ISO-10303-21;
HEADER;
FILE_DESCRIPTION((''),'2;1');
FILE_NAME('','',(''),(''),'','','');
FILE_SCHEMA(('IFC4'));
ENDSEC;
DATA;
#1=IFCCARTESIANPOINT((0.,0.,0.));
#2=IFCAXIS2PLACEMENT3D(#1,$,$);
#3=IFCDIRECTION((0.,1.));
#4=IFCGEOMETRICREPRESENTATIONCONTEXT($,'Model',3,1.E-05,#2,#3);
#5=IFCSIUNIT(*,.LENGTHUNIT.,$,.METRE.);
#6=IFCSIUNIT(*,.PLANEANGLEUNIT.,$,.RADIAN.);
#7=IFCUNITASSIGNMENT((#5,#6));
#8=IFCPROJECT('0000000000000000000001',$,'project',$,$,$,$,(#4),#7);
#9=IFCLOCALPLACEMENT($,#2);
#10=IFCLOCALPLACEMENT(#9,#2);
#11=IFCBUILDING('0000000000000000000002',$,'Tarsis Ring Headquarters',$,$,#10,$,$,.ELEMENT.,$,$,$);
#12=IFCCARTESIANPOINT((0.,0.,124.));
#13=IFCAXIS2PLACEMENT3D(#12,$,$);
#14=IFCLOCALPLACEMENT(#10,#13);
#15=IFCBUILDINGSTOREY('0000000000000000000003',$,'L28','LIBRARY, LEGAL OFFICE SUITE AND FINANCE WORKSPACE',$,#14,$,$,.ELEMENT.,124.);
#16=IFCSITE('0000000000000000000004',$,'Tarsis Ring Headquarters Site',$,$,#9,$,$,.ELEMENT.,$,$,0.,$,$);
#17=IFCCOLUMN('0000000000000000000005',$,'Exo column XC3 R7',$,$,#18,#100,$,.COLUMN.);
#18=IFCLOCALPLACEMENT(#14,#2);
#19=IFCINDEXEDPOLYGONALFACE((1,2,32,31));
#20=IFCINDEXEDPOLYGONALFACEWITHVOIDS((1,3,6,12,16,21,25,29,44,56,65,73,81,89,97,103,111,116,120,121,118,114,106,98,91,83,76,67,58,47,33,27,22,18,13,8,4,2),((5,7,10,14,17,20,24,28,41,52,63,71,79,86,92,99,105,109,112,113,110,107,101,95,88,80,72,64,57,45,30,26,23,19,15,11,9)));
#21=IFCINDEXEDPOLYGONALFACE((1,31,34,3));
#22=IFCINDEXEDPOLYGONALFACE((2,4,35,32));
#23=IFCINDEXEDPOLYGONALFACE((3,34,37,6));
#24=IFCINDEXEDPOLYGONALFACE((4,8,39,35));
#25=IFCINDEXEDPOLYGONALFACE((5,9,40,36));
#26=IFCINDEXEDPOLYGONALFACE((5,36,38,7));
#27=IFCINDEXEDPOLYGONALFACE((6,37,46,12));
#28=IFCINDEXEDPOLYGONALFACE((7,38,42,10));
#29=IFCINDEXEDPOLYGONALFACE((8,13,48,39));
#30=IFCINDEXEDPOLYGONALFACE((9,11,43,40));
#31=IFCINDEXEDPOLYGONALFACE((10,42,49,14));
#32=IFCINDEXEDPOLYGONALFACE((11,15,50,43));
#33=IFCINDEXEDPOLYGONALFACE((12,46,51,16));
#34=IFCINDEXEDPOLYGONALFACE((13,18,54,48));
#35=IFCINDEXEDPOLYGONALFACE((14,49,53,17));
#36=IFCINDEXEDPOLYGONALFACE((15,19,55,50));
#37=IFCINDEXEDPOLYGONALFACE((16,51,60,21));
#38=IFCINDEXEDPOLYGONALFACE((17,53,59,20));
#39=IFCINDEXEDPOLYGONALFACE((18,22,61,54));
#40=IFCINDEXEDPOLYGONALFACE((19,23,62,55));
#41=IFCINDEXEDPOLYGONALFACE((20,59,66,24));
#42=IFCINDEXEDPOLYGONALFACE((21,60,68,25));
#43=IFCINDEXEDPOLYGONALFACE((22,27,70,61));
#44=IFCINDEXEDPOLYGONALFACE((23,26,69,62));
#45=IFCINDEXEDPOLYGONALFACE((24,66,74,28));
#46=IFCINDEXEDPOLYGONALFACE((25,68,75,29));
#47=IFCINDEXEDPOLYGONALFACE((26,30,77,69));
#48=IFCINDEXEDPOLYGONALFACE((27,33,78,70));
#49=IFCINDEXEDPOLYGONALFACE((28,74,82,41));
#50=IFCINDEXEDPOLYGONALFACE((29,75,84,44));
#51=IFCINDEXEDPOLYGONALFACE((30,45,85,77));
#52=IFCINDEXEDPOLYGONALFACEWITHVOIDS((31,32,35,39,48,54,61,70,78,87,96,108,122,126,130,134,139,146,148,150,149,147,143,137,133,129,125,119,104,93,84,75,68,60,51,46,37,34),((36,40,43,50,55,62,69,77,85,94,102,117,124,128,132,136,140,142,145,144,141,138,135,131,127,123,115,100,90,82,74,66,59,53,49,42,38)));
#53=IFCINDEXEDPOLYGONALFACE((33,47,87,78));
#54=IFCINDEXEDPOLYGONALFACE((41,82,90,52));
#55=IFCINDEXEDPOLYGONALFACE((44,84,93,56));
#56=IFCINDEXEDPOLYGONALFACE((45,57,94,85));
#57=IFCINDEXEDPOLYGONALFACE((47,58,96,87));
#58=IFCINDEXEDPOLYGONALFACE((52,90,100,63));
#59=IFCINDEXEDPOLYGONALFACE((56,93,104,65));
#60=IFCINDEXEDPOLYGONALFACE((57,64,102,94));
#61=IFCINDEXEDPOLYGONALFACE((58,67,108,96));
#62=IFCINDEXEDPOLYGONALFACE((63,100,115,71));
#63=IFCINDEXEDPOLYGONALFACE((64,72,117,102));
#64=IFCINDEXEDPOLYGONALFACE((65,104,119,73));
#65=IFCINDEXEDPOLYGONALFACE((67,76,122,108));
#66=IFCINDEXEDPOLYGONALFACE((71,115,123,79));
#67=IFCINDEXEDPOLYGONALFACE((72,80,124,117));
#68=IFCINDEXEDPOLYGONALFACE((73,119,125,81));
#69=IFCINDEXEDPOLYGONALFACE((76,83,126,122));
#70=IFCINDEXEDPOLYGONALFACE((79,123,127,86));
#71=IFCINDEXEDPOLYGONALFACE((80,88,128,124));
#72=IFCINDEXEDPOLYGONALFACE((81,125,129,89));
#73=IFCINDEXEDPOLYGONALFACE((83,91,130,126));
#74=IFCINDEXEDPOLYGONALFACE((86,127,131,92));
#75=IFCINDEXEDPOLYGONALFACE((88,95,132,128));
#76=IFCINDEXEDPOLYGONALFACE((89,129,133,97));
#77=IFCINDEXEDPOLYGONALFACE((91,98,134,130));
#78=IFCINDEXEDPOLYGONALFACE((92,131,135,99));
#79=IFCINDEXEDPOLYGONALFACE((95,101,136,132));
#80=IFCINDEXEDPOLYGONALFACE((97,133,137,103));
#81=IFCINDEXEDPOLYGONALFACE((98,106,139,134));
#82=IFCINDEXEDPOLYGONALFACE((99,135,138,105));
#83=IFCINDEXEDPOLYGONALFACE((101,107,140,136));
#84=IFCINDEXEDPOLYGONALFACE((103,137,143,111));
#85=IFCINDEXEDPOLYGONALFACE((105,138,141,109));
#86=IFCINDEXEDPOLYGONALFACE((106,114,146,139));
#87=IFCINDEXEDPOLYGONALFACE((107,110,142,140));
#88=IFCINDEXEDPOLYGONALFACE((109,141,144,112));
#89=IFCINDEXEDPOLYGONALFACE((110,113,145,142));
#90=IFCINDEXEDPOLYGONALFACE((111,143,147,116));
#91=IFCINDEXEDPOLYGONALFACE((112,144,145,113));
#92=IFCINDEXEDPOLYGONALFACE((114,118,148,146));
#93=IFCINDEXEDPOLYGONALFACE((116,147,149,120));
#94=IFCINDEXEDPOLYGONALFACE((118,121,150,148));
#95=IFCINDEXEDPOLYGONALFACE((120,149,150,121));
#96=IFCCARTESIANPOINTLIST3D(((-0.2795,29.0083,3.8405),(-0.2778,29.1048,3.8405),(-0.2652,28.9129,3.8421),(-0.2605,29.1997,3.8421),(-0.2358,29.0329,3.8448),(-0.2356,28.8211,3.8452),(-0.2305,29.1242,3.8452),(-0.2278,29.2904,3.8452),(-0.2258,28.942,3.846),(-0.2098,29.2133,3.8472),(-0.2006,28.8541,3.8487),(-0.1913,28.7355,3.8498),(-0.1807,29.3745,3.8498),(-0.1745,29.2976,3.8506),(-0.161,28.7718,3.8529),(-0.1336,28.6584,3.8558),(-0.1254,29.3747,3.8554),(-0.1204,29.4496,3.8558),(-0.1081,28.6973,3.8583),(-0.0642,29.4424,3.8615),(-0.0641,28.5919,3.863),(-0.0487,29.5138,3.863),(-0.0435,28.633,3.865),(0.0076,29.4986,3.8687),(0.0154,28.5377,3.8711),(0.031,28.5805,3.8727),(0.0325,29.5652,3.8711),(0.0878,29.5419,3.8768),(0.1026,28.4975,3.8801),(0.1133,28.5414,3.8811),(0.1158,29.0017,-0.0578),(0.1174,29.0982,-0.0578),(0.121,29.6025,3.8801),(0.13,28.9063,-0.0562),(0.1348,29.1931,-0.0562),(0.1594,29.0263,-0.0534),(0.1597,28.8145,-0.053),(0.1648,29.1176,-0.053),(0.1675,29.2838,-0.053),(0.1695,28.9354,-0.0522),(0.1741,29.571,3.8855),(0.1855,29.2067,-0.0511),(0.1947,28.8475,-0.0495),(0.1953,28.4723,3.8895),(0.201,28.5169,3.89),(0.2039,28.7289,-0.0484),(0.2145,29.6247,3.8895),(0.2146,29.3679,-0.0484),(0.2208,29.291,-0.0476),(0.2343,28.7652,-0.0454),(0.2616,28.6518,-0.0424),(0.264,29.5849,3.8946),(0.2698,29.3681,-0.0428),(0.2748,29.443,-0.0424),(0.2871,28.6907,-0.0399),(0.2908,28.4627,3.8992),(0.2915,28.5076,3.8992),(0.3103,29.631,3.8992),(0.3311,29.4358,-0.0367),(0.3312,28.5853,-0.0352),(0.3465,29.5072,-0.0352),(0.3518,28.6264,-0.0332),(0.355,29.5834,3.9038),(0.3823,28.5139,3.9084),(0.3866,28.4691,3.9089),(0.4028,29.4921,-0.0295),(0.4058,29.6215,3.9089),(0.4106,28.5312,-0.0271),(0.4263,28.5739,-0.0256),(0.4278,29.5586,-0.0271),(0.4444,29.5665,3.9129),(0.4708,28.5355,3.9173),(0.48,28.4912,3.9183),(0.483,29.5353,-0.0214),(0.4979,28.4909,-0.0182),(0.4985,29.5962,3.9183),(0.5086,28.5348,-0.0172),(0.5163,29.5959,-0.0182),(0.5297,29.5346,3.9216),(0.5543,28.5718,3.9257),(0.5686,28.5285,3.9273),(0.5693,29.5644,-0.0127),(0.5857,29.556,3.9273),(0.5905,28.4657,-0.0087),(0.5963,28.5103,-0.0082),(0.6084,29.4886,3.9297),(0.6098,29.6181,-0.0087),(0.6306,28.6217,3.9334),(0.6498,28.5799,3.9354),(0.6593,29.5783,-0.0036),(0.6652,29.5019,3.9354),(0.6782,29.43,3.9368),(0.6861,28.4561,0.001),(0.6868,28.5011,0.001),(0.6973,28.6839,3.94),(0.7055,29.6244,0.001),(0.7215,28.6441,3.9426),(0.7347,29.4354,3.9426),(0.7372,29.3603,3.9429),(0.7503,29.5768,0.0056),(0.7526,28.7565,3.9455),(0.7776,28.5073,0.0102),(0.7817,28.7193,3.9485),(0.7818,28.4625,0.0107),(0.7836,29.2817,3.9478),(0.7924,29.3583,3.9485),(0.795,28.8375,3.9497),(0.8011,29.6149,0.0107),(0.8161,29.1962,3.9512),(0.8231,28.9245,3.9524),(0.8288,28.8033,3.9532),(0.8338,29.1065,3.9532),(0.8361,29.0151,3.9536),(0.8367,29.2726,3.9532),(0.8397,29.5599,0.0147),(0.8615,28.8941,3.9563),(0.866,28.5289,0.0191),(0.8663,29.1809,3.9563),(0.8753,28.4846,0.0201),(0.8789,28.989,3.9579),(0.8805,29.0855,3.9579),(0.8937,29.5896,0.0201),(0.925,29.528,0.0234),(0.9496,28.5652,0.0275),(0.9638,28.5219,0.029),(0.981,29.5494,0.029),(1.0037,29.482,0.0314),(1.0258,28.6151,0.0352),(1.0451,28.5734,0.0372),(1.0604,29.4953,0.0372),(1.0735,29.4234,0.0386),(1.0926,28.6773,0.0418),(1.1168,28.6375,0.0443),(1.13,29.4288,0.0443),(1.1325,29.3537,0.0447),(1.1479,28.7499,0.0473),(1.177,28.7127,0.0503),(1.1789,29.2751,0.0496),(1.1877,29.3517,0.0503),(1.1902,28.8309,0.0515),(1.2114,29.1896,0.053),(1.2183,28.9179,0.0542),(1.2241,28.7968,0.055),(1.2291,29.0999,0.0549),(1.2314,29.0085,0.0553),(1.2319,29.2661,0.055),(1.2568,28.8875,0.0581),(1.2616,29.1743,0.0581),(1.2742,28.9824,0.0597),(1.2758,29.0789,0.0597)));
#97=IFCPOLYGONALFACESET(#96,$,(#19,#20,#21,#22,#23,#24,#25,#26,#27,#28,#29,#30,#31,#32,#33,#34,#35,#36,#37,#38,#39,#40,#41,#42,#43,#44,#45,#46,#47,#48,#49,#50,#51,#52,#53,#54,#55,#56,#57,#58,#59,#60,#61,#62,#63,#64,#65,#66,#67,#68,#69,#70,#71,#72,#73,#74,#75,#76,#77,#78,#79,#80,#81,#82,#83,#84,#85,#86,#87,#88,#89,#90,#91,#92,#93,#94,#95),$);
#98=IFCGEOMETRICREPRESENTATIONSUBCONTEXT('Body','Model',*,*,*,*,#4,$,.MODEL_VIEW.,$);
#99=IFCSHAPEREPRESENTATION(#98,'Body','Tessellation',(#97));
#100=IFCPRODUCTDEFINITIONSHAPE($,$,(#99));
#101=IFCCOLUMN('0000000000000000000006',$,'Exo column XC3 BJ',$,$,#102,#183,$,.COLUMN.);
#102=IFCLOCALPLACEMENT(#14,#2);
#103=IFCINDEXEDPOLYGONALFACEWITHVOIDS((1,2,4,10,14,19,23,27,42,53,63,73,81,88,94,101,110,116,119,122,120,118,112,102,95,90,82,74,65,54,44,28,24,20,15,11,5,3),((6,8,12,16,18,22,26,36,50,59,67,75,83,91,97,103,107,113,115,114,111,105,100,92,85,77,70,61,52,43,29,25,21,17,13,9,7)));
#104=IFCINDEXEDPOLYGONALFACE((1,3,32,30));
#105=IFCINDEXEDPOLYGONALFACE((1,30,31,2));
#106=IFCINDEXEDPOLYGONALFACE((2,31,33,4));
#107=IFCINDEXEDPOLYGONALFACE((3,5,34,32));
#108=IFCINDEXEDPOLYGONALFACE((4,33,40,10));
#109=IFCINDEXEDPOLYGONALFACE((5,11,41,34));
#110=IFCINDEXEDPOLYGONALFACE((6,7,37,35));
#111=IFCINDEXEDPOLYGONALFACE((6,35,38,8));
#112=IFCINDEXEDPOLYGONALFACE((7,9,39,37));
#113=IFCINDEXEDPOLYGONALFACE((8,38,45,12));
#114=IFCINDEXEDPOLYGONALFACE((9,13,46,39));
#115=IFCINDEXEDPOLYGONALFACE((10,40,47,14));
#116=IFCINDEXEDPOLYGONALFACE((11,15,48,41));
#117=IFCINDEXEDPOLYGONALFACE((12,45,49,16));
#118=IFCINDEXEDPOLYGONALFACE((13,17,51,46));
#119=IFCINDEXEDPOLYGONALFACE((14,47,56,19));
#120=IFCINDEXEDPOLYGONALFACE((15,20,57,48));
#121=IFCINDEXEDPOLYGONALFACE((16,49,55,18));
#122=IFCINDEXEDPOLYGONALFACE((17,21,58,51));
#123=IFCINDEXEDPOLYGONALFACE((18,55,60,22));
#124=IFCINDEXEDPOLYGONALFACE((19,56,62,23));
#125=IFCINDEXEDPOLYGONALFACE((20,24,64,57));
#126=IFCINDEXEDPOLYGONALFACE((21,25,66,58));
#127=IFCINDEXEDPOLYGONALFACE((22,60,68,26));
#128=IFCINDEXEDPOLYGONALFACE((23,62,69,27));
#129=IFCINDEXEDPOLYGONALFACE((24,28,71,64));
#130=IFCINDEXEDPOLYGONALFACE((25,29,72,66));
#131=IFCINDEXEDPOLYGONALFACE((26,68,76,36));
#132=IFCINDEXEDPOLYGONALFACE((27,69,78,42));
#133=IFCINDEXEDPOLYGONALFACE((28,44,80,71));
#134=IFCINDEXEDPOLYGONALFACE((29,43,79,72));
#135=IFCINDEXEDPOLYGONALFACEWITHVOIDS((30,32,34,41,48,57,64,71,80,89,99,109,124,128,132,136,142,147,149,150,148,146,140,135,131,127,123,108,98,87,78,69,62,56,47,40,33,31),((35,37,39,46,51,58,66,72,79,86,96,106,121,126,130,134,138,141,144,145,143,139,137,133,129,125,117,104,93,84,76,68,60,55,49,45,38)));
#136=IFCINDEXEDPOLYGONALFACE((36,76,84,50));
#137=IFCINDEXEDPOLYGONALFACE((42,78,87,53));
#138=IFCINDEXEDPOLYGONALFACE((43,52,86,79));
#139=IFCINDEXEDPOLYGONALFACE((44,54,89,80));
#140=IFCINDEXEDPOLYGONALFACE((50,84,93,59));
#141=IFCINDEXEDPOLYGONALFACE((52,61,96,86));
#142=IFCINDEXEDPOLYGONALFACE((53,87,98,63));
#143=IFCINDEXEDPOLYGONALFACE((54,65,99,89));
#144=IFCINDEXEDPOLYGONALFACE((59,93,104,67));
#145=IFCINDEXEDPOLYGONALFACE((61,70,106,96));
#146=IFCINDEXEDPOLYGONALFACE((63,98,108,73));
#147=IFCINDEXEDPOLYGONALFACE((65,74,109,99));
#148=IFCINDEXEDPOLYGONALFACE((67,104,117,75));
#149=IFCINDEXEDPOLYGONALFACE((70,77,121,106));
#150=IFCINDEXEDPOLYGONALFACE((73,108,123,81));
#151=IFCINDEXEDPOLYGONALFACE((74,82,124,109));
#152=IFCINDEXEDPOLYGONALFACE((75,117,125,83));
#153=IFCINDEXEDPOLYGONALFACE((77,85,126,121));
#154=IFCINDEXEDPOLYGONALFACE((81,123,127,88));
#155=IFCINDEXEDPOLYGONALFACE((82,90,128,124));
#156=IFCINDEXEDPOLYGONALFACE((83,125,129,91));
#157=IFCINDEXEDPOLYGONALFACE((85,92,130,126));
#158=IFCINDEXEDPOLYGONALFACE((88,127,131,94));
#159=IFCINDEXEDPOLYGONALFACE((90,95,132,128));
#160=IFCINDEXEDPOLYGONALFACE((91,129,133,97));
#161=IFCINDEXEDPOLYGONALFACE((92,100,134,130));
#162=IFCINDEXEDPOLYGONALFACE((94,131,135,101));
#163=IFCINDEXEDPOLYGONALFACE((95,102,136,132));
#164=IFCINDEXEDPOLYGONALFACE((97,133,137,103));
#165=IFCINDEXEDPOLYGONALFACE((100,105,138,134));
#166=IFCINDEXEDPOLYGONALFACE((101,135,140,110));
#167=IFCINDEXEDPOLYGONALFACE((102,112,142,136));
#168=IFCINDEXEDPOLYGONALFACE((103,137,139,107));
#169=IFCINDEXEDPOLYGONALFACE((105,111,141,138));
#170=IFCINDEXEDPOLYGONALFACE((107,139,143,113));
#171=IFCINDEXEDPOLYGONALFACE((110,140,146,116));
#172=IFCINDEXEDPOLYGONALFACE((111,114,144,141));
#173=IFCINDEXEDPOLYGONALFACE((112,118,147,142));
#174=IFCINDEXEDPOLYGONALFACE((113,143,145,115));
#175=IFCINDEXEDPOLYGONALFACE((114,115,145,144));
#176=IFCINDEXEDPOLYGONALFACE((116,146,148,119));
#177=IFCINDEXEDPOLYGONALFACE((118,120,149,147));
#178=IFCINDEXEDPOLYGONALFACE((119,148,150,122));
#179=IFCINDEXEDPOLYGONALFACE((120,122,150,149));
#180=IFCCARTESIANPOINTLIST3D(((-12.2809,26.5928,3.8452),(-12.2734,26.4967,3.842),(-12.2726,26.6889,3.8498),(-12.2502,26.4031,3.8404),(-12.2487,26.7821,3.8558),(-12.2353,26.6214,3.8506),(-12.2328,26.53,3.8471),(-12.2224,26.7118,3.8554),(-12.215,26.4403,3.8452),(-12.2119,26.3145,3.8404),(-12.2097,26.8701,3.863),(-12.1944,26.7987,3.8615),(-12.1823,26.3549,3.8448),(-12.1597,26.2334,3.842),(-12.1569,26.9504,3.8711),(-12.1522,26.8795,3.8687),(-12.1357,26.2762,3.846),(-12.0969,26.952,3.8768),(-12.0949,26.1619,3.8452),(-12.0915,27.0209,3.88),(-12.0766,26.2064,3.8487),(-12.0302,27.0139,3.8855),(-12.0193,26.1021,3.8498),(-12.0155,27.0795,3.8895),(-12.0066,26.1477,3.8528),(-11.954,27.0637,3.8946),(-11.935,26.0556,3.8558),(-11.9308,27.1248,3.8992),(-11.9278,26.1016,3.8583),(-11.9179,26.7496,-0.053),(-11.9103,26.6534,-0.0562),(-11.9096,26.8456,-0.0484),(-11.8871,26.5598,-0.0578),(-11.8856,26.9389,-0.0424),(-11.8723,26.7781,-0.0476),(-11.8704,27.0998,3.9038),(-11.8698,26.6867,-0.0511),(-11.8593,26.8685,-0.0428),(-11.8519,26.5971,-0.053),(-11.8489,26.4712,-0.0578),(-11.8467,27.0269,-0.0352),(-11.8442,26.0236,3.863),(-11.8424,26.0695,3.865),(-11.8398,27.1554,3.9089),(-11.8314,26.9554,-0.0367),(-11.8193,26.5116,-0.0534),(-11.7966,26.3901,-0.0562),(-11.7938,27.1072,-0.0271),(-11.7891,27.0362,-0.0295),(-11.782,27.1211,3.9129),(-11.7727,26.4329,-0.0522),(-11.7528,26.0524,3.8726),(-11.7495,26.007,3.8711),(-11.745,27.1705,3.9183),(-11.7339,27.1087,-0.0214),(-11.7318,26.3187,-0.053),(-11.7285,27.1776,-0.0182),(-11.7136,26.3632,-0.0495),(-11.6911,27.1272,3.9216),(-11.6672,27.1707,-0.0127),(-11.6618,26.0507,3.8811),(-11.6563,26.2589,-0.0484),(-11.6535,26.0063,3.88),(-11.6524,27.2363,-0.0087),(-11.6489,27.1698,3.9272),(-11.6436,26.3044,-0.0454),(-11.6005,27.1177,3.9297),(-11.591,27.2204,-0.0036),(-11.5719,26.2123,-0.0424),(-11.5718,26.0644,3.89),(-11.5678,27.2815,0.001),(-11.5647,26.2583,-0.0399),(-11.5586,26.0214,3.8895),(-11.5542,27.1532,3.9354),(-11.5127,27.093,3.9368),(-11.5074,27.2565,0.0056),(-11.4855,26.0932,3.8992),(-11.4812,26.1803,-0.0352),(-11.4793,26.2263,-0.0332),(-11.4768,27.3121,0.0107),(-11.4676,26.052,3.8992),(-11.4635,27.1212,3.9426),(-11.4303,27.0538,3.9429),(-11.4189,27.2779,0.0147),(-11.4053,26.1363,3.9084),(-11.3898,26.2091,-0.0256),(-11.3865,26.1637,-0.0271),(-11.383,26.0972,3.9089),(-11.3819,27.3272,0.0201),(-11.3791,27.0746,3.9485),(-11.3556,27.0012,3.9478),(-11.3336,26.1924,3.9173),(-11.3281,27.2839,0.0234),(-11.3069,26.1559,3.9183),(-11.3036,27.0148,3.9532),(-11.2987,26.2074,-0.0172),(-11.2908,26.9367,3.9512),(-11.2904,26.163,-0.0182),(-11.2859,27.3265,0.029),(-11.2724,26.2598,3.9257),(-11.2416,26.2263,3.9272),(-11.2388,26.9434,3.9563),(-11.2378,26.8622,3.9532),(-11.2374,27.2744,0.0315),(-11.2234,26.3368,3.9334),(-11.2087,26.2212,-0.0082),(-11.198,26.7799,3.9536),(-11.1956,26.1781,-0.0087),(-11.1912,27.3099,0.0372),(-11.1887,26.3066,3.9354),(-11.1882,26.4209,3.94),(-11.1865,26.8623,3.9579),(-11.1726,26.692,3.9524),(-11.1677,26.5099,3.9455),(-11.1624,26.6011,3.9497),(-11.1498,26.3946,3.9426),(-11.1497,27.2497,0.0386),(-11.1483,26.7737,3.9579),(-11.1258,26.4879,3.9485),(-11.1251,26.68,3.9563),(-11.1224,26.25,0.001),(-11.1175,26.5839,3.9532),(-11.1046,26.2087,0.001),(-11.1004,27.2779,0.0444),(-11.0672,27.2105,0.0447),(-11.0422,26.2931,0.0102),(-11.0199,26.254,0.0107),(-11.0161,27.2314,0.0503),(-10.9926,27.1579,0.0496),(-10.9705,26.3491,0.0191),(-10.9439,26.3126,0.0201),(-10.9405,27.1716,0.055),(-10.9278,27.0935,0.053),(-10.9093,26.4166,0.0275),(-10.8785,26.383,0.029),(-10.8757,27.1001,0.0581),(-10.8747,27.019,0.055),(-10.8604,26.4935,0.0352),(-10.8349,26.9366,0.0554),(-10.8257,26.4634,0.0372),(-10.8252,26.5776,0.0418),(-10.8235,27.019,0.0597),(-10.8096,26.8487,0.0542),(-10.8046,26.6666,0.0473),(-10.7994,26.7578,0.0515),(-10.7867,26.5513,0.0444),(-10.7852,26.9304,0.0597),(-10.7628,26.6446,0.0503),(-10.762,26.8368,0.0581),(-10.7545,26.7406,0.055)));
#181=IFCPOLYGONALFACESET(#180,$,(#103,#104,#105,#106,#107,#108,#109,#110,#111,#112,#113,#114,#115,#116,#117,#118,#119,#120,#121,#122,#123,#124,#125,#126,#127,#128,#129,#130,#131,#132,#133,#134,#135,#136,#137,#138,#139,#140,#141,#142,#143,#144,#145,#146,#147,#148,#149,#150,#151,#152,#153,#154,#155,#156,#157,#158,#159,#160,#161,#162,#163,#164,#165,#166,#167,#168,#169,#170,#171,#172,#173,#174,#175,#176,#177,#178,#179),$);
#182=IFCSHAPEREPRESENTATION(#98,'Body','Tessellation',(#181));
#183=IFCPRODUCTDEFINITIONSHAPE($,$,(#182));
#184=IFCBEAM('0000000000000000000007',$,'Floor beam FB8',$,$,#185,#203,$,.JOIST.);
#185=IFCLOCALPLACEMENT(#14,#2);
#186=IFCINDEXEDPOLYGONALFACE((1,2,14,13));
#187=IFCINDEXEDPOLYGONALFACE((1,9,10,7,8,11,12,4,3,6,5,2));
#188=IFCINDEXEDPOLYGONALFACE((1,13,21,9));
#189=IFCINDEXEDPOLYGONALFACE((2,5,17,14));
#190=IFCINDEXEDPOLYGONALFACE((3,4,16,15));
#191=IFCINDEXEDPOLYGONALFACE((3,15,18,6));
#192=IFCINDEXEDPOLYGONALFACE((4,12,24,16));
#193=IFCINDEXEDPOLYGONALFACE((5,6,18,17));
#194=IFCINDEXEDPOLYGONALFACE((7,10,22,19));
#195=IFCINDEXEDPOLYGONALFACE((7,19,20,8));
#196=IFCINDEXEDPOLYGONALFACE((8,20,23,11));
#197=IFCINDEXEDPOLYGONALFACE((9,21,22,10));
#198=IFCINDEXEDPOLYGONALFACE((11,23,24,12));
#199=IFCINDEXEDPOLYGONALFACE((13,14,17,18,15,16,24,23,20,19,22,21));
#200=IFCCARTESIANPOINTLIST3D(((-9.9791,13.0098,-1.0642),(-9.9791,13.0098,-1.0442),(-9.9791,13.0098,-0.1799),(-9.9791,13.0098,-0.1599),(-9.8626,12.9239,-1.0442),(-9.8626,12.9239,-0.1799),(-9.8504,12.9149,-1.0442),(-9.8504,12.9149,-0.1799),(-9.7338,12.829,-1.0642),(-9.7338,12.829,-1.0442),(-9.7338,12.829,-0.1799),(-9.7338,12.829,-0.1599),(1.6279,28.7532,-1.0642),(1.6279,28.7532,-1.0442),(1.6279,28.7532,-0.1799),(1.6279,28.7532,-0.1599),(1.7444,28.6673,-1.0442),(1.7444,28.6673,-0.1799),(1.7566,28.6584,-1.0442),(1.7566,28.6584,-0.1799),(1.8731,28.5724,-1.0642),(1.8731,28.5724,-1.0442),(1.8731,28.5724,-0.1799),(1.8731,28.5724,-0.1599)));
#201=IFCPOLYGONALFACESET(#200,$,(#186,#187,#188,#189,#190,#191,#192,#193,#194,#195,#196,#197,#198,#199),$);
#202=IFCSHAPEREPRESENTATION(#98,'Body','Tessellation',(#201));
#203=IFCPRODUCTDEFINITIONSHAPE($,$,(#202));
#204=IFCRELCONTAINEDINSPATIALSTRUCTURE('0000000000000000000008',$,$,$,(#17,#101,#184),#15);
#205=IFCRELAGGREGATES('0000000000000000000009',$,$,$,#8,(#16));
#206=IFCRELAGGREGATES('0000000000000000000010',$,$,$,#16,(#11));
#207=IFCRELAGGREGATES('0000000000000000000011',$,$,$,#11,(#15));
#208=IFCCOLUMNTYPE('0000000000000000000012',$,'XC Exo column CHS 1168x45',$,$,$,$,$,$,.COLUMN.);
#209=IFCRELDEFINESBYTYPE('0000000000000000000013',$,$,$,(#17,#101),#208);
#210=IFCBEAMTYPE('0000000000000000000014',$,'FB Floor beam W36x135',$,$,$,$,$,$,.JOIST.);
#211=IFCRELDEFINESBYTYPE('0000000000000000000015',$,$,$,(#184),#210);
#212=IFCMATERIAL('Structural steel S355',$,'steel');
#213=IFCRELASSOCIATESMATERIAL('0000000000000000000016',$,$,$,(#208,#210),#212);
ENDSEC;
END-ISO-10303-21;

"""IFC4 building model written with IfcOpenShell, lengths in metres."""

from ifc_helpers import new_model, si_unit, direction, frame, origin, origin_2d, place, context, subcontext, project, spatial, hollow_circle, i_section, extrude, material, material_profile, profile_set, type_object, element, save


model = new_model("IFC4")

# Units and contexts
model_context = context("Model", 3, precision=1e-05, world=origin(), true_north=direction((0.0, 1.0)))
body_context = subcontext(model_context, "Body", "Model", "MODEL_VIEW")
ifc_project = project(units=[si_unit("LENGTHUNIT", "METRE"), si_unit("PLANEANGLEUNIT", "RADIAN")], contexts=[model_context])

# Site, building, storey
site_placement = place(None, origin())
site = spatial("IfcSite", under=ifc_project, at=site_placement, Name="Tarsis Ring Headquarters Site", CompositionType="ELEMENT", RefElevation=0.0)
building_placement = place(site_placement, origin())
building = spatial("IfcBuilding", under=site, at=building_placement, Name="Tarsis Ring Headquarters", CompositionType="ELEMENT")
storey_placement = place(building_placement, frame((0.0, 0.0, 124.0)))
storey = spatial("IfcBuildingStorey", under=building, at=storey_placement, Name="L28", Description="LIBRARY, LEGAL OFFICE SUITE AND FINANCE WORKSPACE", CompositionType="ELEMENT", Elevation=124.0)

# Columns
ifc_material_1 = material(Name="Structural steel S355", Category="steel")
ifc_material_profile_1 = material_profile(ifc_material_1, hollow_circle(Radius=0.5842, WallThickness=0.0449, at=origin_2d()), Name="CHS 1168x45")
ifc_profile_set_1 = profile_set([ifc_material_profile_1], Name="Structural steel S355")
column_type = type_object("IfcColumnType", Name="XC Exo column CHS 1168x45", PredefinedType="COLUMN", material=ifc_profile_set_1)
for number, where, z_axis, x_axis, name in (
    (1, (0.6958, 29.0403, 0.001), (-0.100879, 0.001682, 0.994897), (-0.016675, -0.999861, 0.0), "Exo column XC3 R7"),
    (2, (-11.3362, 26.7451, 0.001), (-0.092654, -0.040003, 0.994894), (0.396377, -0.918088, 0.0), "Exo column XC3 BJ"),
):
    element("IfcColumn", number, at=place(storey_placement, frame(where, z_axis=z_axis, x_axis=x_axis)), inside=storey, type_object=column_type, Name=name, PredefinedType="COLUMN", context=body_context, shape_type="SweptSolid", body=[
        extrude(hollow_circle(Radius=0.5842, WallThickness=0.0449, at=origin_2d()), origin(), (0.0, 0.0, 1.0), 3.9182),
    ])

# Beam
ifc_material_profile_2 = material_profile(ifc_material_1, i_section(OverallWidth=0.3047, OverallDepth=0.9043, WebThickness=0.0151, FlangeThickness=0.02, at=origin_2d()), Name="W36x135")
ifc_profile_set_2 = profile_set([ifc_material_profile_2], Name="Structural steel S355")
beam_type_1 = type_object("IfcBeamType", Name="FB Floor beam W36x135", PredefinedType="JOIST", material=ifc_profile_set_2)
beam_1_placement = place(storey_placement, frame((1.7505, 28.6628, -0.6121), z_axis=(-0.593415, -0.804896, 0.0), x_axis=(0.804896, -0.593415, 0.0)))
element("IfcBeam", 3, at=beam_1_placement, inside=storey, type_object=beam_type_1, Name="Floor beam FB8", PredefinedType="JOIST", context=body_context, shape_type="SweptSolid", body=[
    extrude(i_section(OverallWidth=0.3047, OverallDepth=0.9043, WebThickness=0.0151, FlangeThickness=0.02, at=origin_2d()), origin(), (0.0, 0.0, 1.0), 19.5596),
])

save(model, "model.ifc")
